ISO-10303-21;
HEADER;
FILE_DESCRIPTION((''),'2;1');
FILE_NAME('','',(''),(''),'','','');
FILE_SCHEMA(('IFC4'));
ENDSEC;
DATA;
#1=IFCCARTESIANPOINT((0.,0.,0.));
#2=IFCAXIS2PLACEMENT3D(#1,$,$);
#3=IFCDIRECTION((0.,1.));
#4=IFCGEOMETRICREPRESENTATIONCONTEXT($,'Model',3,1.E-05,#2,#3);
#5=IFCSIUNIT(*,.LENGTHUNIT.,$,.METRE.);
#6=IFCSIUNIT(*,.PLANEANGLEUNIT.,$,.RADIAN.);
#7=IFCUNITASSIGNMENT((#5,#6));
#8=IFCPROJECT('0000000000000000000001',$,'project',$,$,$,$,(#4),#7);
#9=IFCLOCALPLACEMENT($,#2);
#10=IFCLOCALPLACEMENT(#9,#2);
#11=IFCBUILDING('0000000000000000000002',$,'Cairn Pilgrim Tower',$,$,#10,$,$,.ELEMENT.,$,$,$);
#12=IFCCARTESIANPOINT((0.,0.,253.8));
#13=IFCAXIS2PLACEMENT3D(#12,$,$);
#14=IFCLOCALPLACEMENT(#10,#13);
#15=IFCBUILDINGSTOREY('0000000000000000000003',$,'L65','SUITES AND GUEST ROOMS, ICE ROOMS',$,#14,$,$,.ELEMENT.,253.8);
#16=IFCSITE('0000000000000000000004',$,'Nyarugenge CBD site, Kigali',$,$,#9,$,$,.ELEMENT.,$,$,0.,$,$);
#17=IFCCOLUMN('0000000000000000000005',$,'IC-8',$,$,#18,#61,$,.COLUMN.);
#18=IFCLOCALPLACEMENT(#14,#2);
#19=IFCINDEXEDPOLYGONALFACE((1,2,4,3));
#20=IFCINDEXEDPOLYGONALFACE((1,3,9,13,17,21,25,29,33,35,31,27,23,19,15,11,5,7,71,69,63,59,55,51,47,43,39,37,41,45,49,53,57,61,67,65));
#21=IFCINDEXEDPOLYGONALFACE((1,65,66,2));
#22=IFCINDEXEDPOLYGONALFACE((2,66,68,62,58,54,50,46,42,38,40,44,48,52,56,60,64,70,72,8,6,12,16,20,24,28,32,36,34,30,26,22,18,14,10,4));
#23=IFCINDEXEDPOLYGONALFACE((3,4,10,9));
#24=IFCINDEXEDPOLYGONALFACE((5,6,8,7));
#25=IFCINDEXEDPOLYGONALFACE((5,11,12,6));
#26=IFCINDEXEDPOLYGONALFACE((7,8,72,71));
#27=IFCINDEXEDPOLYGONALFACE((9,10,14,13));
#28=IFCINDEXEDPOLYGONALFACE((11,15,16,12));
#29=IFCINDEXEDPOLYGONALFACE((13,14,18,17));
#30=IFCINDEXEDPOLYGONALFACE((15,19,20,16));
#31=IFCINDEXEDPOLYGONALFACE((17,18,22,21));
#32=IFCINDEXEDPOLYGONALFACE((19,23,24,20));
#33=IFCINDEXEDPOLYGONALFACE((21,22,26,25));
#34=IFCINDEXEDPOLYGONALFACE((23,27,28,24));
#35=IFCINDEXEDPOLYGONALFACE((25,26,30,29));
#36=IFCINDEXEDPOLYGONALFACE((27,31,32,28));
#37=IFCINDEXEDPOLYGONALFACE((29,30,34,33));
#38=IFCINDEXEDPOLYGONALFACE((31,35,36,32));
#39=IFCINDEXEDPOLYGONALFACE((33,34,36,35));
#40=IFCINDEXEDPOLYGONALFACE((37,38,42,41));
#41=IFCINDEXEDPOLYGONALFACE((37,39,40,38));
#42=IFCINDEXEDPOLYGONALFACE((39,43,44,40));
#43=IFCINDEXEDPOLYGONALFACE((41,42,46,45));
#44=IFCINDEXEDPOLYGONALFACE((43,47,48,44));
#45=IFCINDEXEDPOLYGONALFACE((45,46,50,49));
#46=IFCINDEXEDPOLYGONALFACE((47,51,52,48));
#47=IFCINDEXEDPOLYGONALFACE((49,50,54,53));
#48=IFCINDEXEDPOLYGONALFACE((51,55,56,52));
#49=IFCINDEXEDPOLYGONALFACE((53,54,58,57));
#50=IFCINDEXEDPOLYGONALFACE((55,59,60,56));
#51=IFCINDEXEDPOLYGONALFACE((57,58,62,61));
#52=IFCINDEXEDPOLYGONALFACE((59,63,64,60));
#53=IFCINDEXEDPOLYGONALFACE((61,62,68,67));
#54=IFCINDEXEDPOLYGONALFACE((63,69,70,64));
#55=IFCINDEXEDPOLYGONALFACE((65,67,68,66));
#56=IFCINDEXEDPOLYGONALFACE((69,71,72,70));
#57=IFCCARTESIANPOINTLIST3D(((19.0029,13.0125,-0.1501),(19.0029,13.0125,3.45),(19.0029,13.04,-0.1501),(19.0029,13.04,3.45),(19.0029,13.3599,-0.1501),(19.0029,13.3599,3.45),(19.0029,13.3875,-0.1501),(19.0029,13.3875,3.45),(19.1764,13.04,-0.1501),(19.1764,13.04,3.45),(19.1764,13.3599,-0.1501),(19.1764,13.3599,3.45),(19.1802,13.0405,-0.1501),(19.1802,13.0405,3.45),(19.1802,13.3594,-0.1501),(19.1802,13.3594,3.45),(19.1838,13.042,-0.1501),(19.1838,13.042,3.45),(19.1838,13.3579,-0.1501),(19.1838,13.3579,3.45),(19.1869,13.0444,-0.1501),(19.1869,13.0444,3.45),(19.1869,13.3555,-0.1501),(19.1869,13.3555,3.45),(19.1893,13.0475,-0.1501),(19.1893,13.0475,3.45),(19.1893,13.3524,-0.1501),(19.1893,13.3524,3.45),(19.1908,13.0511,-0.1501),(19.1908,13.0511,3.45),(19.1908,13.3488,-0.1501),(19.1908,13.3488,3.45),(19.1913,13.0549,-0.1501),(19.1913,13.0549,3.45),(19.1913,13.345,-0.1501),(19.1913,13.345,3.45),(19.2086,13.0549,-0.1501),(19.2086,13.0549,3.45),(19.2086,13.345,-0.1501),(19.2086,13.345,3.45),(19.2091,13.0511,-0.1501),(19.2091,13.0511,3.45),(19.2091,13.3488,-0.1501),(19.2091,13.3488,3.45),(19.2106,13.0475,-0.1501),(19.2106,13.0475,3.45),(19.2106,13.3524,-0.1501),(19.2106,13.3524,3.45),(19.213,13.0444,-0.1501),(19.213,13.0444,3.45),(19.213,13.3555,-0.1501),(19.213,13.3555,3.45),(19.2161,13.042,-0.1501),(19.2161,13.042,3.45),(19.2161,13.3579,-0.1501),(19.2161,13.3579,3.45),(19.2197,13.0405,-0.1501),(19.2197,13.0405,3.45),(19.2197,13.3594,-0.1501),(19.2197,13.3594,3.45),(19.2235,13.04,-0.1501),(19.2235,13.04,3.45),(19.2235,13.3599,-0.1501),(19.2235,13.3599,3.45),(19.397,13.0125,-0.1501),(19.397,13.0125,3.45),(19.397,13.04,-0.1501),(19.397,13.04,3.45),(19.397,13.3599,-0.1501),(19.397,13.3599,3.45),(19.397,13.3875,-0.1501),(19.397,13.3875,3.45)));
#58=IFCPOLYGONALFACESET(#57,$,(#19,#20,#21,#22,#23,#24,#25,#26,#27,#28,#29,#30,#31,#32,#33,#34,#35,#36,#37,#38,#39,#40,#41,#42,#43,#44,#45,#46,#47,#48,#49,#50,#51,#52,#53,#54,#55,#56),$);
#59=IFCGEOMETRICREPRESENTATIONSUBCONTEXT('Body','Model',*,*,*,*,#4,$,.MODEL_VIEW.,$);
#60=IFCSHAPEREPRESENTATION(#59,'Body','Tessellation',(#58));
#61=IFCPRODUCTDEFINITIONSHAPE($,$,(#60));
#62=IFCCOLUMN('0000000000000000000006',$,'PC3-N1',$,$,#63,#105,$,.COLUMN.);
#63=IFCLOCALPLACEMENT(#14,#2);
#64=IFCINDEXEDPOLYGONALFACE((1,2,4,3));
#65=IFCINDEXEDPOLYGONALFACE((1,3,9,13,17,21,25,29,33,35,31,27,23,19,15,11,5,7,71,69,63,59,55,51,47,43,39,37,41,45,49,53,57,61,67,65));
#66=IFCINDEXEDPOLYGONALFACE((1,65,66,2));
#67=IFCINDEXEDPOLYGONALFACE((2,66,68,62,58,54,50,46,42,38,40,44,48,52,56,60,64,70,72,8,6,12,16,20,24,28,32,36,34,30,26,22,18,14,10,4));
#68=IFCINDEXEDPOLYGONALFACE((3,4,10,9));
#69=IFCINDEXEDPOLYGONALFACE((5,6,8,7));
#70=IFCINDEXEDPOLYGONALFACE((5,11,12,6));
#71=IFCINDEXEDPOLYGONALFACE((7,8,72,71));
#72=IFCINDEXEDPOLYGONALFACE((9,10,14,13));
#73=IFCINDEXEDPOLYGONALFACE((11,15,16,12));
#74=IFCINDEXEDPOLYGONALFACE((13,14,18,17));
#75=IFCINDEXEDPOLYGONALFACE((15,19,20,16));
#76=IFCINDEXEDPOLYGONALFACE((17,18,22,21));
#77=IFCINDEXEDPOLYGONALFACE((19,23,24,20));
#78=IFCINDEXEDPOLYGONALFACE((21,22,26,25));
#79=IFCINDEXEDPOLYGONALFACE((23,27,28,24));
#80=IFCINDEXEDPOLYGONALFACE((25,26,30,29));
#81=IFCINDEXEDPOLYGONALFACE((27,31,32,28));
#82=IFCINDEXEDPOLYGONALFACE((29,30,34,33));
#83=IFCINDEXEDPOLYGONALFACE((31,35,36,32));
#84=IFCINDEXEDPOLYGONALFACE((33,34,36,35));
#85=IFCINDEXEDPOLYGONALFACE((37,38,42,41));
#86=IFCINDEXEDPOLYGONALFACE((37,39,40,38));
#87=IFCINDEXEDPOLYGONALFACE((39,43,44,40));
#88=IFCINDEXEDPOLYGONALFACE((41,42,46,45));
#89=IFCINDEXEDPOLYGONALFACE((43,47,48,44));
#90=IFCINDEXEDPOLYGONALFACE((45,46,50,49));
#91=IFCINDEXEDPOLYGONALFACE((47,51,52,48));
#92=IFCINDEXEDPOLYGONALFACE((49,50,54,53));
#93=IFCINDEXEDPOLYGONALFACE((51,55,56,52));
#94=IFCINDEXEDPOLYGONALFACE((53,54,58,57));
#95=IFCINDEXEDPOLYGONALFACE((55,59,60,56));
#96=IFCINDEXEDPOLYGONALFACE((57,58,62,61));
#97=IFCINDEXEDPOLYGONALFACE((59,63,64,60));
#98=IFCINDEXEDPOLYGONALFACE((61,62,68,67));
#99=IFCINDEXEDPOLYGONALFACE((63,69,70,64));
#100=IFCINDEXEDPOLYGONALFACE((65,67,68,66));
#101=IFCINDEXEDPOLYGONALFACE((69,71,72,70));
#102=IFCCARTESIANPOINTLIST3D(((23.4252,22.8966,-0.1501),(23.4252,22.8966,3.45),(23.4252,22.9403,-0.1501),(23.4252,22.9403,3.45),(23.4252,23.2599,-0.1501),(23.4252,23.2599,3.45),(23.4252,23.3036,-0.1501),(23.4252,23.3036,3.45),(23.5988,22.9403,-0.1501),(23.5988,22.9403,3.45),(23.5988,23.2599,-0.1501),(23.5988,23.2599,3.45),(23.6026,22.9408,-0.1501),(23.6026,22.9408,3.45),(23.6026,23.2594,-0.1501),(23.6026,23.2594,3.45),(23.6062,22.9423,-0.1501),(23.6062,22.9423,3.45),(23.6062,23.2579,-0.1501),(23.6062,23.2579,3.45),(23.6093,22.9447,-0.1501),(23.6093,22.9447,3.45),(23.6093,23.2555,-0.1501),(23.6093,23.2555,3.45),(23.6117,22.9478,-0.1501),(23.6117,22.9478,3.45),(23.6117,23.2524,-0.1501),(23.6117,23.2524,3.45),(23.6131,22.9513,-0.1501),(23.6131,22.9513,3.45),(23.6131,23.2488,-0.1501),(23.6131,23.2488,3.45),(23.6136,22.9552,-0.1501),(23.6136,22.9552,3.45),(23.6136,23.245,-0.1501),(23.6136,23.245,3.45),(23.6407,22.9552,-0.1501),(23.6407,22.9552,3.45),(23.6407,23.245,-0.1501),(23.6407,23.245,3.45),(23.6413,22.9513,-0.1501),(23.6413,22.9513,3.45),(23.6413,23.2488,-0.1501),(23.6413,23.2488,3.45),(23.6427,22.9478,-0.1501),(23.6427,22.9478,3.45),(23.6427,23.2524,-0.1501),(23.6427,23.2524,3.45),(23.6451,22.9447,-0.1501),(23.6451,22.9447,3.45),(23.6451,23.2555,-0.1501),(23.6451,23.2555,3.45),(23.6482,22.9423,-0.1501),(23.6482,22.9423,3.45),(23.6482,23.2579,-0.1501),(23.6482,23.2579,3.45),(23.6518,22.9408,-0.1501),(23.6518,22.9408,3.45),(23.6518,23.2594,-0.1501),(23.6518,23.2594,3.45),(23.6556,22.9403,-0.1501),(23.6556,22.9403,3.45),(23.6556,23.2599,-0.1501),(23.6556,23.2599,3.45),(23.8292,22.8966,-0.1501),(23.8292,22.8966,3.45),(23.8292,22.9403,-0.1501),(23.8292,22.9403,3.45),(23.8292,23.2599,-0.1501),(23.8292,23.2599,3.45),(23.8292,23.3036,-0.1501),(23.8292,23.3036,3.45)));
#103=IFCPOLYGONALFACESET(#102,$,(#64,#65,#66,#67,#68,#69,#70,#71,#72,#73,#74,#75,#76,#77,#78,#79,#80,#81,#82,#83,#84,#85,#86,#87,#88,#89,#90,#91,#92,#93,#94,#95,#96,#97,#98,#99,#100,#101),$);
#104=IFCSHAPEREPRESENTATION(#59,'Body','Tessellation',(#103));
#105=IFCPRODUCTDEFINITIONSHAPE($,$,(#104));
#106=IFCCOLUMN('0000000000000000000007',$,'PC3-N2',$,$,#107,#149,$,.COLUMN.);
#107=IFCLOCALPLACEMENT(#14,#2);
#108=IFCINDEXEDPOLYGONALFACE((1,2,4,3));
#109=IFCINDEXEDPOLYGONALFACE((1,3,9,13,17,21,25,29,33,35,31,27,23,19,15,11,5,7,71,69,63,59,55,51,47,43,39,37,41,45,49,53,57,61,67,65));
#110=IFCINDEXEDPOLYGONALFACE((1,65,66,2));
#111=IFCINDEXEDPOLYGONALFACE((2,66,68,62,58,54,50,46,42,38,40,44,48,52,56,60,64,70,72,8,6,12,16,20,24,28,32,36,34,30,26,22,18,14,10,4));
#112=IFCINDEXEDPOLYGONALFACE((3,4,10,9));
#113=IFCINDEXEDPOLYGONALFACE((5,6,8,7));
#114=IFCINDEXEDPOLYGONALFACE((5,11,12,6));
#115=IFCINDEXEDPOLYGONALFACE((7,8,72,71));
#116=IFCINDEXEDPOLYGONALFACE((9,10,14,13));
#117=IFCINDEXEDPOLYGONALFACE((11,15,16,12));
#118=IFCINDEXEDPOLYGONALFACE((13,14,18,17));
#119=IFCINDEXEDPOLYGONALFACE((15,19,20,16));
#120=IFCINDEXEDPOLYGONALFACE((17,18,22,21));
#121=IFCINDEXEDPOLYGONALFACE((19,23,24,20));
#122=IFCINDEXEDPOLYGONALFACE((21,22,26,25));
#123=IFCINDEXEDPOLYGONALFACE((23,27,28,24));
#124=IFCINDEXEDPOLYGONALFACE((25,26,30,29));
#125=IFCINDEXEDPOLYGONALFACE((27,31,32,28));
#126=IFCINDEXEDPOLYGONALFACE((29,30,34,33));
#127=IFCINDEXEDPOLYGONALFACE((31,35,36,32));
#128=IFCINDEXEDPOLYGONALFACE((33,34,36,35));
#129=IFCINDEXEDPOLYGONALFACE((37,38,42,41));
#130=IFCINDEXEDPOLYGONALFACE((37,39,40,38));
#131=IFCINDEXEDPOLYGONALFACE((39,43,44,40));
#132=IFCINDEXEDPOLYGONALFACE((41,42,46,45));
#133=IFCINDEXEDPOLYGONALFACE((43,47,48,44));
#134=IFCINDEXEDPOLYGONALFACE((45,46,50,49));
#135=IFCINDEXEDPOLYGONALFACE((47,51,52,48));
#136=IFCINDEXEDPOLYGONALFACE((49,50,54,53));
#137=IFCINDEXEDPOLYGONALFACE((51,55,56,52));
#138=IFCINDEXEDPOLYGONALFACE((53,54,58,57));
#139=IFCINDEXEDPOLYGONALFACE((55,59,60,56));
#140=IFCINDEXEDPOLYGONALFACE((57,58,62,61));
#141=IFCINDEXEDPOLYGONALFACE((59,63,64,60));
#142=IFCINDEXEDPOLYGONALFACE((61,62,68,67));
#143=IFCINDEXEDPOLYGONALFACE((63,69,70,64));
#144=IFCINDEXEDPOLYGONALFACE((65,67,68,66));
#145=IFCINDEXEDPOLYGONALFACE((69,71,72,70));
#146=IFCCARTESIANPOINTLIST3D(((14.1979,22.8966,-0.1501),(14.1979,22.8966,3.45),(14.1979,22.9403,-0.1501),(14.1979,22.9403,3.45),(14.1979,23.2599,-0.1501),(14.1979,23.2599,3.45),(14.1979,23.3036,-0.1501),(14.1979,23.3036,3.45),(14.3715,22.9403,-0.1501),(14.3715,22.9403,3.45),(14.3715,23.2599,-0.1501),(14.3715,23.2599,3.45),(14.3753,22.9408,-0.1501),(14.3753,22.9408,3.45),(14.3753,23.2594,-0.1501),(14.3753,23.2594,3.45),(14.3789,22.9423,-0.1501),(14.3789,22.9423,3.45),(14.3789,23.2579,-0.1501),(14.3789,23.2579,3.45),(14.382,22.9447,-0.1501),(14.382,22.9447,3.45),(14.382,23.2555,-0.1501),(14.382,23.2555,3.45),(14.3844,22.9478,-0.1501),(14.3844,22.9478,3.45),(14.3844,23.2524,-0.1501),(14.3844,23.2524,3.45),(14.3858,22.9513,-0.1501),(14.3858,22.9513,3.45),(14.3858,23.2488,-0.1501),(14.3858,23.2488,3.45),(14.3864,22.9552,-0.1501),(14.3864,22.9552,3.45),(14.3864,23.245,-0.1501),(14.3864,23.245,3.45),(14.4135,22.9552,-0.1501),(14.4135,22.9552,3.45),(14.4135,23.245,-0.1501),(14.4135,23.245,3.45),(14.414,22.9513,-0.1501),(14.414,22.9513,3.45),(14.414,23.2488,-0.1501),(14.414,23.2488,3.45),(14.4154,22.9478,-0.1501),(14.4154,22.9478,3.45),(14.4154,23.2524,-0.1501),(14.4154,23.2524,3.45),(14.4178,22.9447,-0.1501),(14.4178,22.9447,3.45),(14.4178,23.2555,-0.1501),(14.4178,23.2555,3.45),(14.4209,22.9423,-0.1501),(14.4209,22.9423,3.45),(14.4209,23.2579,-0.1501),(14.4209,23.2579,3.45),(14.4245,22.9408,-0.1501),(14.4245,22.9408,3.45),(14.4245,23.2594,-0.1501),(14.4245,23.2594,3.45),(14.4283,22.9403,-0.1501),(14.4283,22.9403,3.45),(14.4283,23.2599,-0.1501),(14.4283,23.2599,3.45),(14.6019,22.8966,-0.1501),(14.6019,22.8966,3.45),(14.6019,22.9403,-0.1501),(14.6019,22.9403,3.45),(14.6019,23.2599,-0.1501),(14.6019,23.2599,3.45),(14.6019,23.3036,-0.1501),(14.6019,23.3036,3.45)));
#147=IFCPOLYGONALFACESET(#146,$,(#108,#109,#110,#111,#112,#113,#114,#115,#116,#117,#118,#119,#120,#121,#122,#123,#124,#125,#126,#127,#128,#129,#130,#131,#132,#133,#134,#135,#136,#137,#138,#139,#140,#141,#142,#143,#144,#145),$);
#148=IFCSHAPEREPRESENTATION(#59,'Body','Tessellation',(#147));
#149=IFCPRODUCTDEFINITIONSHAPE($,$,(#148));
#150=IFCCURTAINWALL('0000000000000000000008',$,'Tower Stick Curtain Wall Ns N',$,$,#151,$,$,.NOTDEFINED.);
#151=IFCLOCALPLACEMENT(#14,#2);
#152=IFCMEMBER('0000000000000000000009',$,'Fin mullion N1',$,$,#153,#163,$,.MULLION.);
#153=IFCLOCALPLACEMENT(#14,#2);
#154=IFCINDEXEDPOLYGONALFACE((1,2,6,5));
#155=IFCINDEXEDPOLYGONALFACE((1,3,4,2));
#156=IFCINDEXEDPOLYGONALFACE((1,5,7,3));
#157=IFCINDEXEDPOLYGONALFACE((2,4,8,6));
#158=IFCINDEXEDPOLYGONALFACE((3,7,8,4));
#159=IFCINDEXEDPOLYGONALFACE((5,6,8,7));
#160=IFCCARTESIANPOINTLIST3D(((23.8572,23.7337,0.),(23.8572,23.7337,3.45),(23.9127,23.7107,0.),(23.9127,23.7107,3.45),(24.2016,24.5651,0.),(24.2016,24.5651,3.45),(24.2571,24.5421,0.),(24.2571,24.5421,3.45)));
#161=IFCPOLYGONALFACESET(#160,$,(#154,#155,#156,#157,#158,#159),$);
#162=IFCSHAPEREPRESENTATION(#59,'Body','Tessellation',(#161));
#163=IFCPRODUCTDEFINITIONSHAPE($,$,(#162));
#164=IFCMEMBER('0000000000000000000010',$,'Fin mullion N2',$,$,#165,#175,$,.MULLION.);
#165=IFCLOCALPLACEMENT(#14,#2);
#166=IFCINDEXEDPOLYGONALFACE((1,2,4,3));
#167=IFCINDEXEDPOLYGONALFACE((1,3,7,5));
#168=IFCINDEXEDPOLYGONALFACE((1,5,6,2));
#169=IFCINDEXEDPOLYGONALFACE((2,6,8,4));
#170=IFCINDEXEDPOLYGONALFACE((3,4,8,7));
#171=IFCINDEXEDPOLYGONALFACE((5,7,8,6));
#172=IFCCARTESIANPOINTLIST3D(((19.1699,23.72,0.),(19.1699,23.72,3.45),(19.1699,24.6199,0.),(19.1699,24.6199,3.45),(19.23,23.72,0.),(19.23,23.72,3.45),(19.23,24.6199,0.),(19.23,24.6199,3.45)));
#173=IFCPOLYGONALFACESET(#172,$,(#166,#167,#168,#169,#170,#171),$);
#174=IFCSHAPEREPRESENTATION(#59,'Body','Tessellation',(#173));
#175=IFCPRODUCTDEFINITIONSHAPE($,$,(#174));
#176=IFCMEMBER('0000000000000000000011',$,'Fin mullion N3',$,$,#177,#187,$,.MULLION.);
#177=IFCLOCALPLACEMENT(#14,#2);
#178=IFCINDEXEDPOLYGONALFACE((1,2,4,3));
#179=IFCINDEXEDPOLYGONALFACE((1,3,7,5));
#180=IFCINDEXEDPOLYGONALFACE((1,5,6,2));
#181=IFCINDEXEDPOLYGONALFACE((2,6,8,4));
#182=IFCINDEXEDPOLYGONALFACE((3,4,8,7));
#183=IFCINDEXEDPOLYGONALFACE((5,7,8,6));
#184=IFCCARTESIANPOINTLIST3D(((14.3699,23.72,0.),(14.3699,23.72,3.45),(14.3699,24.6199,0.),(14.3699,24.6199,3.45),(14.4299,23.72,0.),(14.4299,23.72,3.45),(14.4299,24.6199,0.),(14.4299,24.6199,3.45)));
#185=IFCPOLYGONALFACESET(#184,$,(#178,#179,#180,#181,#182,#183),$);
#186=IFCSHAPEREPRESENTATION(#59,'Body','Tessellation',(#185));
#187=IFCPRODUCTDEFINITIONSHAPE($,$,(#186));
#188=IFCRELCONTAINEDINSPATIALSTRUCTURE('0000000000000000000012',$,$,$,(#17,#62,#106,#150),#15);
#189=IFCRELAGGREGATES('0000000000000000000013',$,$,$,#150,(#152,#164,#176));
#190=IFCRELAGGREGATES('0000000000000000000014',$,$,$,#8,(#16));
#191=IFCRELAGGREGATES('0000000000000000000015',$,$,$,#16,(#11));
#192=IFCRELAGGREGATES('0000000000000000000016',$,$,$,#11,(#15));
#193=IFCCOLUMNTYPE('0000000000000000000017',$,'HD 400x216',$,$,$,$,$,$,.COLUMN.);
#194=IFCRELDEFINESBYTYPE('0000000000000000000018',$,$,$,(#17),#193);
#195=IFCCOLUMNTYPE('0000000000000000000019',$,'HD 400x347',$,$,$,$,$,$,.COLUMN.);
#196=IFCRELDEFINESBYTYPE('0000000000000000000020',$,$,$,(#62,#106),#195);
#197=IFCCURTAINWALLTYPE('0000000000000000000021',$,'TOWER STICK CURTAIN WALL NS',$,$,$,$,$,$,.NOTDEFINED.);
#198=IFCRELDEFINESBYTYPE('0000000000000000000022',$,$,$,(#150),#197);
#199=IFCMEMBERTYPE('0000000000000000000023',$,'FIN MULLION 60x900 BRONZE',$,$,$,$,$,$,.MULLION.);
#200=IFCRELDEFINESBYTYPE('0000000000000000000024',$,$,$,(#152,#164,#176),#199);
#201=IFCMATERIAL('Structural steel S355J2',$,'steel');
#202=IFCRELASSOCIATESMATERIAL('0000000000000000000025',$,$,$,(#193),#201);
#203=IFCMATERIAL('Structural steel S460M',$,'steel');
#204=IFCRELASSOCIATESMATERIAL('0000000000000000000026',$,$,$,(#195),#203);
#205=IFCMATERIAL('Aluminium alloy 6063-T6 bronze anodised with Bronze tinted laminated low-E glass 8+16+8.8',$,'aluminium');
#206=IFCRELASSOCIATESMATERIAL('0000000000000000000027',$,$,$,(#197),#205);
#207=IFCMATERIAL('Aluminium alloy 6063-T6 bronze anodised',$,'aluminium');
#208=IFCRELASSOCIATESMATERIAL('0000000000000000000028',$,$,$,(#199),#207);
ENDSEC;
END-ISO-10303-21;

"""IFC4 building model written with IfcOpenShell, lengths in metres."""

from ifc_helpers import new_model, si_unit, direction, frame, origin, origin_2d, place, context, subcontext, project, spatial, rectangle, i_section, extrude, material, material_profile, profile_set, type_object, element, aggregate, save


model = new_model("IFC4")

# Units and contexts
model_context = context("Model", 3, precision=1e-05, world=origin(), true_north=direction((0.0, 1.0)))
body_context = subcontext(model_context, "Body", "Model", "MODEL_VIEW")
ifc_project = project(units=[si_unit("LENGTHUNIT", "METRE"), si_unit("PLANEANGLEUNIT", "RADIAN")], contexts=[model_context])

# Site, building, storey
site_placement = place(None, origin())
site = spatial("IfcSite", under=ifc_project, at=site_placement, Name="Nyarugenge CBD site, Kigali", CompositionType="ELEMENT", RefElevation=0.0)
building_placement = place(site_placement, origin())
building = spatial("IfcBuilding", under=site, at=building_placement, Name="Cairn Pilgrim Tower", CompositionType="ELEMENT")
storey_placement = place(building_placement, frame((0.0, 0.0, 253.8)))
storey = spatial("IfcBuildingStorey", under=building, at=storey_placement, Name="L65", Description="SUITES AND GUEST ROOMS, ICE ROOMS", CompositionType="ELEMENT", Elevation=253.8)

# Columns
ifc_material_1 = material(Name="Structural steel S355J2", Category="steel")
ifc_material_profile_1 = material_profile(ifc_material_1, i_section(OverallWidth=0.394, OverallDepth=0.375, WebThickness=0.0173, FlangeThickness=0.0276, FilletRadius=0.0149, at=origin_2d()), Name="HD 400x216")
ifc_profile_set_1 = profile_set([ifc_material_profile_1], Name="Structural steel S355J2")
column_type_1 = type_object("IfcColumnType", Name="HD 400x216", PredefinedType="COLUMN", material=ifc_profile_set_1)
column_placement = place(storey_placement, frame((19.2, 13.2, -0.1501), z_axis=(0.0, 0.0, 1.0), x_axis=(1.0, 0.0, 0.0)))
element("IfcColumn", 1, at=column_placement, inside=storey, type_object=column_type_1, Name="IC-8", PredefinedType="COLUMN", context=body_context, shape_type="SweptSolid", body=[
    extrude(i_section(OverallWidth=0.394, OverallDepth=0.375, WebThickness=0.0173, FlangeThickness=0.0276, FilletRadius=0.0149, at=origin_2d()), origin(), (0.0, 0.0, 1.0), 3.6001),
])
ifc_material_2 = material(Name="Structural steel S460M", Category="steel")
ifc_material_profile_2 = material_profile(ifc_material_2, i_section(OverallWidth=0.4041, OverallDepth=0.407, WebThickness=0.0271, FlangeThickness=0.0437, FilletRadius=0.0149, at=origin_2d()), Name="HD 400x347")
ifc_profile_set_2 = profile_set([ifc_material_profile_2], Name="Structural steel S460M")
column_type_2 = type_object("IfcColumnType", Name="HD 400x347", PredefinedType="COLUMN", material=ifc_profile_set_2)
for number, where, z_axis, x_axis, name in (
    (2, (23.6272, 23.1001, -0.1501), (0.0, 0.0, 1.0), (1.0, 0.0, 0.0), "PC3-N1"),
    (3, (14.3999, 23.1001, -0.1501), (0.0, 0.0, 1.0), (1.0, 0.0, 0.0), "PC3-N2"),
):
    element("IfcColumn", number, at=place(storey_placement, frame(where, z_axis=z_axis, x_axis=x_axis)), inside=storey, type_object=column_type_2, Name=name, PredefinedType="COLUMN", context=body_context, shape_type="SweptSolid", body=[
        extrude(i_section(OverallWidth=0.4041, OverallDepth=0.407, WebThickness=0.0271, FlangeThickness=0.0437, FilletRadius=0.0149, at=origin_2d()), origin(), (0.0, 0.0, 1.0), 3.6001),
    ])

# Curtain wall, members
ifc_material_3 = material(Name="Aluminium alloy 6063-T6 bronze anodised with Bronze tinted laminated low-E glass 8+16+8.8", Category="aluminium")
curtain_wall_type = type_object("IfcCurtainWallType", Name="TOWER STICK CURTAIN WALL NS", PredefinedType="NOTDEFINED", material=ifc_material_3)
curtain_wall_placement = place(storey_placement, origin())
curtain_wall = element("IfcCurtainWall", 4, at=curtain_wall_placement, inside=storey, type_object=curtain_wall_type, Name="Tower Stick Curtain Wall Ns N", PredefinedType="NOTDEFINED")
ifc_material_4 = material(Name="Aluminium alloy 6063-T6 bronze anodised", Category="aluminium")
ifc_material_profile_3 = material_profile(ifc_material_4, rectangle(XDim=0.8999, YDim=0.0601, at=origin_2d()), Name="FIN MULLION 60x900 BRONZE")
ifc_profile_set_3 = profile_set([ifc_material_profile_3], Name="Aluminium alloy 6063-T6 bronze anodised")
member_type = type_object("IfcMemberType", Name="FIN MULLION 60x900 BRONZE", PredefinedType="MULLION", material=ifc_profile_set_3)
member_1_placement = place(storey_placement, frame((24.0571, 24.1379, 0.0), z_axis=(0.0, 0.0, 1.0), x_axis=(0.382683, 0.92388, 0.0)))
member_1 = element("IfcMember", 5, at=member_1_placement, type_object=member_type, Name="Fin mullion N1", PredefinedType="MULLION", context=body_context, shape_type="SweptSolid", body=[
    extrude(rectangle(XDim=0.8999, YDim=0.0601, at=origin_2d()), origin(), (0.0, 0.0, 1.0), 3.45),
])
member_2_placement = place(storey_placement, frame((19.2, 24.1699, 0.0), z_axis=(0.0, 0.0, 1.0), x_axis=(0.0, 1.0, 0.0)))
member_2 = element("IfcMember", 6, at=member_2_placement, type_object=member_type, Name="Fin mullion N2", PredefinedType="MULLION", context=body_context, shape_type="SweptSolid", body=[
    extrude(rectangle(XDim=0.8999, YDim=0.0601, at=origin_2d()), origin(), (0.0, 0.0, 1.0), 3.45),
])
member_3_placement = place(storey_placement, frame((14.3999, 24.1699, 0.0), z_axis=(0.0, 0.0, 1.0), x_axis=(0.0, 1.0, 0.0)))
member_3 = element("IfcMember", 7, at=member_3_placement, type_object=member_type, Name="Fin mullion N3", PredefinedType="MULLION", context=body_context, shape_type="SweptSolid", body=[
    extrude(rectangle(XDim=0.8999, YDim=0.0601, at=origin_2d()), origin(), (0.0, 0.0, 1.0), 3.45),
])
aggregate(curtain_wall, [member_1, member_2, member_3])

save(model, "model.ifc")
